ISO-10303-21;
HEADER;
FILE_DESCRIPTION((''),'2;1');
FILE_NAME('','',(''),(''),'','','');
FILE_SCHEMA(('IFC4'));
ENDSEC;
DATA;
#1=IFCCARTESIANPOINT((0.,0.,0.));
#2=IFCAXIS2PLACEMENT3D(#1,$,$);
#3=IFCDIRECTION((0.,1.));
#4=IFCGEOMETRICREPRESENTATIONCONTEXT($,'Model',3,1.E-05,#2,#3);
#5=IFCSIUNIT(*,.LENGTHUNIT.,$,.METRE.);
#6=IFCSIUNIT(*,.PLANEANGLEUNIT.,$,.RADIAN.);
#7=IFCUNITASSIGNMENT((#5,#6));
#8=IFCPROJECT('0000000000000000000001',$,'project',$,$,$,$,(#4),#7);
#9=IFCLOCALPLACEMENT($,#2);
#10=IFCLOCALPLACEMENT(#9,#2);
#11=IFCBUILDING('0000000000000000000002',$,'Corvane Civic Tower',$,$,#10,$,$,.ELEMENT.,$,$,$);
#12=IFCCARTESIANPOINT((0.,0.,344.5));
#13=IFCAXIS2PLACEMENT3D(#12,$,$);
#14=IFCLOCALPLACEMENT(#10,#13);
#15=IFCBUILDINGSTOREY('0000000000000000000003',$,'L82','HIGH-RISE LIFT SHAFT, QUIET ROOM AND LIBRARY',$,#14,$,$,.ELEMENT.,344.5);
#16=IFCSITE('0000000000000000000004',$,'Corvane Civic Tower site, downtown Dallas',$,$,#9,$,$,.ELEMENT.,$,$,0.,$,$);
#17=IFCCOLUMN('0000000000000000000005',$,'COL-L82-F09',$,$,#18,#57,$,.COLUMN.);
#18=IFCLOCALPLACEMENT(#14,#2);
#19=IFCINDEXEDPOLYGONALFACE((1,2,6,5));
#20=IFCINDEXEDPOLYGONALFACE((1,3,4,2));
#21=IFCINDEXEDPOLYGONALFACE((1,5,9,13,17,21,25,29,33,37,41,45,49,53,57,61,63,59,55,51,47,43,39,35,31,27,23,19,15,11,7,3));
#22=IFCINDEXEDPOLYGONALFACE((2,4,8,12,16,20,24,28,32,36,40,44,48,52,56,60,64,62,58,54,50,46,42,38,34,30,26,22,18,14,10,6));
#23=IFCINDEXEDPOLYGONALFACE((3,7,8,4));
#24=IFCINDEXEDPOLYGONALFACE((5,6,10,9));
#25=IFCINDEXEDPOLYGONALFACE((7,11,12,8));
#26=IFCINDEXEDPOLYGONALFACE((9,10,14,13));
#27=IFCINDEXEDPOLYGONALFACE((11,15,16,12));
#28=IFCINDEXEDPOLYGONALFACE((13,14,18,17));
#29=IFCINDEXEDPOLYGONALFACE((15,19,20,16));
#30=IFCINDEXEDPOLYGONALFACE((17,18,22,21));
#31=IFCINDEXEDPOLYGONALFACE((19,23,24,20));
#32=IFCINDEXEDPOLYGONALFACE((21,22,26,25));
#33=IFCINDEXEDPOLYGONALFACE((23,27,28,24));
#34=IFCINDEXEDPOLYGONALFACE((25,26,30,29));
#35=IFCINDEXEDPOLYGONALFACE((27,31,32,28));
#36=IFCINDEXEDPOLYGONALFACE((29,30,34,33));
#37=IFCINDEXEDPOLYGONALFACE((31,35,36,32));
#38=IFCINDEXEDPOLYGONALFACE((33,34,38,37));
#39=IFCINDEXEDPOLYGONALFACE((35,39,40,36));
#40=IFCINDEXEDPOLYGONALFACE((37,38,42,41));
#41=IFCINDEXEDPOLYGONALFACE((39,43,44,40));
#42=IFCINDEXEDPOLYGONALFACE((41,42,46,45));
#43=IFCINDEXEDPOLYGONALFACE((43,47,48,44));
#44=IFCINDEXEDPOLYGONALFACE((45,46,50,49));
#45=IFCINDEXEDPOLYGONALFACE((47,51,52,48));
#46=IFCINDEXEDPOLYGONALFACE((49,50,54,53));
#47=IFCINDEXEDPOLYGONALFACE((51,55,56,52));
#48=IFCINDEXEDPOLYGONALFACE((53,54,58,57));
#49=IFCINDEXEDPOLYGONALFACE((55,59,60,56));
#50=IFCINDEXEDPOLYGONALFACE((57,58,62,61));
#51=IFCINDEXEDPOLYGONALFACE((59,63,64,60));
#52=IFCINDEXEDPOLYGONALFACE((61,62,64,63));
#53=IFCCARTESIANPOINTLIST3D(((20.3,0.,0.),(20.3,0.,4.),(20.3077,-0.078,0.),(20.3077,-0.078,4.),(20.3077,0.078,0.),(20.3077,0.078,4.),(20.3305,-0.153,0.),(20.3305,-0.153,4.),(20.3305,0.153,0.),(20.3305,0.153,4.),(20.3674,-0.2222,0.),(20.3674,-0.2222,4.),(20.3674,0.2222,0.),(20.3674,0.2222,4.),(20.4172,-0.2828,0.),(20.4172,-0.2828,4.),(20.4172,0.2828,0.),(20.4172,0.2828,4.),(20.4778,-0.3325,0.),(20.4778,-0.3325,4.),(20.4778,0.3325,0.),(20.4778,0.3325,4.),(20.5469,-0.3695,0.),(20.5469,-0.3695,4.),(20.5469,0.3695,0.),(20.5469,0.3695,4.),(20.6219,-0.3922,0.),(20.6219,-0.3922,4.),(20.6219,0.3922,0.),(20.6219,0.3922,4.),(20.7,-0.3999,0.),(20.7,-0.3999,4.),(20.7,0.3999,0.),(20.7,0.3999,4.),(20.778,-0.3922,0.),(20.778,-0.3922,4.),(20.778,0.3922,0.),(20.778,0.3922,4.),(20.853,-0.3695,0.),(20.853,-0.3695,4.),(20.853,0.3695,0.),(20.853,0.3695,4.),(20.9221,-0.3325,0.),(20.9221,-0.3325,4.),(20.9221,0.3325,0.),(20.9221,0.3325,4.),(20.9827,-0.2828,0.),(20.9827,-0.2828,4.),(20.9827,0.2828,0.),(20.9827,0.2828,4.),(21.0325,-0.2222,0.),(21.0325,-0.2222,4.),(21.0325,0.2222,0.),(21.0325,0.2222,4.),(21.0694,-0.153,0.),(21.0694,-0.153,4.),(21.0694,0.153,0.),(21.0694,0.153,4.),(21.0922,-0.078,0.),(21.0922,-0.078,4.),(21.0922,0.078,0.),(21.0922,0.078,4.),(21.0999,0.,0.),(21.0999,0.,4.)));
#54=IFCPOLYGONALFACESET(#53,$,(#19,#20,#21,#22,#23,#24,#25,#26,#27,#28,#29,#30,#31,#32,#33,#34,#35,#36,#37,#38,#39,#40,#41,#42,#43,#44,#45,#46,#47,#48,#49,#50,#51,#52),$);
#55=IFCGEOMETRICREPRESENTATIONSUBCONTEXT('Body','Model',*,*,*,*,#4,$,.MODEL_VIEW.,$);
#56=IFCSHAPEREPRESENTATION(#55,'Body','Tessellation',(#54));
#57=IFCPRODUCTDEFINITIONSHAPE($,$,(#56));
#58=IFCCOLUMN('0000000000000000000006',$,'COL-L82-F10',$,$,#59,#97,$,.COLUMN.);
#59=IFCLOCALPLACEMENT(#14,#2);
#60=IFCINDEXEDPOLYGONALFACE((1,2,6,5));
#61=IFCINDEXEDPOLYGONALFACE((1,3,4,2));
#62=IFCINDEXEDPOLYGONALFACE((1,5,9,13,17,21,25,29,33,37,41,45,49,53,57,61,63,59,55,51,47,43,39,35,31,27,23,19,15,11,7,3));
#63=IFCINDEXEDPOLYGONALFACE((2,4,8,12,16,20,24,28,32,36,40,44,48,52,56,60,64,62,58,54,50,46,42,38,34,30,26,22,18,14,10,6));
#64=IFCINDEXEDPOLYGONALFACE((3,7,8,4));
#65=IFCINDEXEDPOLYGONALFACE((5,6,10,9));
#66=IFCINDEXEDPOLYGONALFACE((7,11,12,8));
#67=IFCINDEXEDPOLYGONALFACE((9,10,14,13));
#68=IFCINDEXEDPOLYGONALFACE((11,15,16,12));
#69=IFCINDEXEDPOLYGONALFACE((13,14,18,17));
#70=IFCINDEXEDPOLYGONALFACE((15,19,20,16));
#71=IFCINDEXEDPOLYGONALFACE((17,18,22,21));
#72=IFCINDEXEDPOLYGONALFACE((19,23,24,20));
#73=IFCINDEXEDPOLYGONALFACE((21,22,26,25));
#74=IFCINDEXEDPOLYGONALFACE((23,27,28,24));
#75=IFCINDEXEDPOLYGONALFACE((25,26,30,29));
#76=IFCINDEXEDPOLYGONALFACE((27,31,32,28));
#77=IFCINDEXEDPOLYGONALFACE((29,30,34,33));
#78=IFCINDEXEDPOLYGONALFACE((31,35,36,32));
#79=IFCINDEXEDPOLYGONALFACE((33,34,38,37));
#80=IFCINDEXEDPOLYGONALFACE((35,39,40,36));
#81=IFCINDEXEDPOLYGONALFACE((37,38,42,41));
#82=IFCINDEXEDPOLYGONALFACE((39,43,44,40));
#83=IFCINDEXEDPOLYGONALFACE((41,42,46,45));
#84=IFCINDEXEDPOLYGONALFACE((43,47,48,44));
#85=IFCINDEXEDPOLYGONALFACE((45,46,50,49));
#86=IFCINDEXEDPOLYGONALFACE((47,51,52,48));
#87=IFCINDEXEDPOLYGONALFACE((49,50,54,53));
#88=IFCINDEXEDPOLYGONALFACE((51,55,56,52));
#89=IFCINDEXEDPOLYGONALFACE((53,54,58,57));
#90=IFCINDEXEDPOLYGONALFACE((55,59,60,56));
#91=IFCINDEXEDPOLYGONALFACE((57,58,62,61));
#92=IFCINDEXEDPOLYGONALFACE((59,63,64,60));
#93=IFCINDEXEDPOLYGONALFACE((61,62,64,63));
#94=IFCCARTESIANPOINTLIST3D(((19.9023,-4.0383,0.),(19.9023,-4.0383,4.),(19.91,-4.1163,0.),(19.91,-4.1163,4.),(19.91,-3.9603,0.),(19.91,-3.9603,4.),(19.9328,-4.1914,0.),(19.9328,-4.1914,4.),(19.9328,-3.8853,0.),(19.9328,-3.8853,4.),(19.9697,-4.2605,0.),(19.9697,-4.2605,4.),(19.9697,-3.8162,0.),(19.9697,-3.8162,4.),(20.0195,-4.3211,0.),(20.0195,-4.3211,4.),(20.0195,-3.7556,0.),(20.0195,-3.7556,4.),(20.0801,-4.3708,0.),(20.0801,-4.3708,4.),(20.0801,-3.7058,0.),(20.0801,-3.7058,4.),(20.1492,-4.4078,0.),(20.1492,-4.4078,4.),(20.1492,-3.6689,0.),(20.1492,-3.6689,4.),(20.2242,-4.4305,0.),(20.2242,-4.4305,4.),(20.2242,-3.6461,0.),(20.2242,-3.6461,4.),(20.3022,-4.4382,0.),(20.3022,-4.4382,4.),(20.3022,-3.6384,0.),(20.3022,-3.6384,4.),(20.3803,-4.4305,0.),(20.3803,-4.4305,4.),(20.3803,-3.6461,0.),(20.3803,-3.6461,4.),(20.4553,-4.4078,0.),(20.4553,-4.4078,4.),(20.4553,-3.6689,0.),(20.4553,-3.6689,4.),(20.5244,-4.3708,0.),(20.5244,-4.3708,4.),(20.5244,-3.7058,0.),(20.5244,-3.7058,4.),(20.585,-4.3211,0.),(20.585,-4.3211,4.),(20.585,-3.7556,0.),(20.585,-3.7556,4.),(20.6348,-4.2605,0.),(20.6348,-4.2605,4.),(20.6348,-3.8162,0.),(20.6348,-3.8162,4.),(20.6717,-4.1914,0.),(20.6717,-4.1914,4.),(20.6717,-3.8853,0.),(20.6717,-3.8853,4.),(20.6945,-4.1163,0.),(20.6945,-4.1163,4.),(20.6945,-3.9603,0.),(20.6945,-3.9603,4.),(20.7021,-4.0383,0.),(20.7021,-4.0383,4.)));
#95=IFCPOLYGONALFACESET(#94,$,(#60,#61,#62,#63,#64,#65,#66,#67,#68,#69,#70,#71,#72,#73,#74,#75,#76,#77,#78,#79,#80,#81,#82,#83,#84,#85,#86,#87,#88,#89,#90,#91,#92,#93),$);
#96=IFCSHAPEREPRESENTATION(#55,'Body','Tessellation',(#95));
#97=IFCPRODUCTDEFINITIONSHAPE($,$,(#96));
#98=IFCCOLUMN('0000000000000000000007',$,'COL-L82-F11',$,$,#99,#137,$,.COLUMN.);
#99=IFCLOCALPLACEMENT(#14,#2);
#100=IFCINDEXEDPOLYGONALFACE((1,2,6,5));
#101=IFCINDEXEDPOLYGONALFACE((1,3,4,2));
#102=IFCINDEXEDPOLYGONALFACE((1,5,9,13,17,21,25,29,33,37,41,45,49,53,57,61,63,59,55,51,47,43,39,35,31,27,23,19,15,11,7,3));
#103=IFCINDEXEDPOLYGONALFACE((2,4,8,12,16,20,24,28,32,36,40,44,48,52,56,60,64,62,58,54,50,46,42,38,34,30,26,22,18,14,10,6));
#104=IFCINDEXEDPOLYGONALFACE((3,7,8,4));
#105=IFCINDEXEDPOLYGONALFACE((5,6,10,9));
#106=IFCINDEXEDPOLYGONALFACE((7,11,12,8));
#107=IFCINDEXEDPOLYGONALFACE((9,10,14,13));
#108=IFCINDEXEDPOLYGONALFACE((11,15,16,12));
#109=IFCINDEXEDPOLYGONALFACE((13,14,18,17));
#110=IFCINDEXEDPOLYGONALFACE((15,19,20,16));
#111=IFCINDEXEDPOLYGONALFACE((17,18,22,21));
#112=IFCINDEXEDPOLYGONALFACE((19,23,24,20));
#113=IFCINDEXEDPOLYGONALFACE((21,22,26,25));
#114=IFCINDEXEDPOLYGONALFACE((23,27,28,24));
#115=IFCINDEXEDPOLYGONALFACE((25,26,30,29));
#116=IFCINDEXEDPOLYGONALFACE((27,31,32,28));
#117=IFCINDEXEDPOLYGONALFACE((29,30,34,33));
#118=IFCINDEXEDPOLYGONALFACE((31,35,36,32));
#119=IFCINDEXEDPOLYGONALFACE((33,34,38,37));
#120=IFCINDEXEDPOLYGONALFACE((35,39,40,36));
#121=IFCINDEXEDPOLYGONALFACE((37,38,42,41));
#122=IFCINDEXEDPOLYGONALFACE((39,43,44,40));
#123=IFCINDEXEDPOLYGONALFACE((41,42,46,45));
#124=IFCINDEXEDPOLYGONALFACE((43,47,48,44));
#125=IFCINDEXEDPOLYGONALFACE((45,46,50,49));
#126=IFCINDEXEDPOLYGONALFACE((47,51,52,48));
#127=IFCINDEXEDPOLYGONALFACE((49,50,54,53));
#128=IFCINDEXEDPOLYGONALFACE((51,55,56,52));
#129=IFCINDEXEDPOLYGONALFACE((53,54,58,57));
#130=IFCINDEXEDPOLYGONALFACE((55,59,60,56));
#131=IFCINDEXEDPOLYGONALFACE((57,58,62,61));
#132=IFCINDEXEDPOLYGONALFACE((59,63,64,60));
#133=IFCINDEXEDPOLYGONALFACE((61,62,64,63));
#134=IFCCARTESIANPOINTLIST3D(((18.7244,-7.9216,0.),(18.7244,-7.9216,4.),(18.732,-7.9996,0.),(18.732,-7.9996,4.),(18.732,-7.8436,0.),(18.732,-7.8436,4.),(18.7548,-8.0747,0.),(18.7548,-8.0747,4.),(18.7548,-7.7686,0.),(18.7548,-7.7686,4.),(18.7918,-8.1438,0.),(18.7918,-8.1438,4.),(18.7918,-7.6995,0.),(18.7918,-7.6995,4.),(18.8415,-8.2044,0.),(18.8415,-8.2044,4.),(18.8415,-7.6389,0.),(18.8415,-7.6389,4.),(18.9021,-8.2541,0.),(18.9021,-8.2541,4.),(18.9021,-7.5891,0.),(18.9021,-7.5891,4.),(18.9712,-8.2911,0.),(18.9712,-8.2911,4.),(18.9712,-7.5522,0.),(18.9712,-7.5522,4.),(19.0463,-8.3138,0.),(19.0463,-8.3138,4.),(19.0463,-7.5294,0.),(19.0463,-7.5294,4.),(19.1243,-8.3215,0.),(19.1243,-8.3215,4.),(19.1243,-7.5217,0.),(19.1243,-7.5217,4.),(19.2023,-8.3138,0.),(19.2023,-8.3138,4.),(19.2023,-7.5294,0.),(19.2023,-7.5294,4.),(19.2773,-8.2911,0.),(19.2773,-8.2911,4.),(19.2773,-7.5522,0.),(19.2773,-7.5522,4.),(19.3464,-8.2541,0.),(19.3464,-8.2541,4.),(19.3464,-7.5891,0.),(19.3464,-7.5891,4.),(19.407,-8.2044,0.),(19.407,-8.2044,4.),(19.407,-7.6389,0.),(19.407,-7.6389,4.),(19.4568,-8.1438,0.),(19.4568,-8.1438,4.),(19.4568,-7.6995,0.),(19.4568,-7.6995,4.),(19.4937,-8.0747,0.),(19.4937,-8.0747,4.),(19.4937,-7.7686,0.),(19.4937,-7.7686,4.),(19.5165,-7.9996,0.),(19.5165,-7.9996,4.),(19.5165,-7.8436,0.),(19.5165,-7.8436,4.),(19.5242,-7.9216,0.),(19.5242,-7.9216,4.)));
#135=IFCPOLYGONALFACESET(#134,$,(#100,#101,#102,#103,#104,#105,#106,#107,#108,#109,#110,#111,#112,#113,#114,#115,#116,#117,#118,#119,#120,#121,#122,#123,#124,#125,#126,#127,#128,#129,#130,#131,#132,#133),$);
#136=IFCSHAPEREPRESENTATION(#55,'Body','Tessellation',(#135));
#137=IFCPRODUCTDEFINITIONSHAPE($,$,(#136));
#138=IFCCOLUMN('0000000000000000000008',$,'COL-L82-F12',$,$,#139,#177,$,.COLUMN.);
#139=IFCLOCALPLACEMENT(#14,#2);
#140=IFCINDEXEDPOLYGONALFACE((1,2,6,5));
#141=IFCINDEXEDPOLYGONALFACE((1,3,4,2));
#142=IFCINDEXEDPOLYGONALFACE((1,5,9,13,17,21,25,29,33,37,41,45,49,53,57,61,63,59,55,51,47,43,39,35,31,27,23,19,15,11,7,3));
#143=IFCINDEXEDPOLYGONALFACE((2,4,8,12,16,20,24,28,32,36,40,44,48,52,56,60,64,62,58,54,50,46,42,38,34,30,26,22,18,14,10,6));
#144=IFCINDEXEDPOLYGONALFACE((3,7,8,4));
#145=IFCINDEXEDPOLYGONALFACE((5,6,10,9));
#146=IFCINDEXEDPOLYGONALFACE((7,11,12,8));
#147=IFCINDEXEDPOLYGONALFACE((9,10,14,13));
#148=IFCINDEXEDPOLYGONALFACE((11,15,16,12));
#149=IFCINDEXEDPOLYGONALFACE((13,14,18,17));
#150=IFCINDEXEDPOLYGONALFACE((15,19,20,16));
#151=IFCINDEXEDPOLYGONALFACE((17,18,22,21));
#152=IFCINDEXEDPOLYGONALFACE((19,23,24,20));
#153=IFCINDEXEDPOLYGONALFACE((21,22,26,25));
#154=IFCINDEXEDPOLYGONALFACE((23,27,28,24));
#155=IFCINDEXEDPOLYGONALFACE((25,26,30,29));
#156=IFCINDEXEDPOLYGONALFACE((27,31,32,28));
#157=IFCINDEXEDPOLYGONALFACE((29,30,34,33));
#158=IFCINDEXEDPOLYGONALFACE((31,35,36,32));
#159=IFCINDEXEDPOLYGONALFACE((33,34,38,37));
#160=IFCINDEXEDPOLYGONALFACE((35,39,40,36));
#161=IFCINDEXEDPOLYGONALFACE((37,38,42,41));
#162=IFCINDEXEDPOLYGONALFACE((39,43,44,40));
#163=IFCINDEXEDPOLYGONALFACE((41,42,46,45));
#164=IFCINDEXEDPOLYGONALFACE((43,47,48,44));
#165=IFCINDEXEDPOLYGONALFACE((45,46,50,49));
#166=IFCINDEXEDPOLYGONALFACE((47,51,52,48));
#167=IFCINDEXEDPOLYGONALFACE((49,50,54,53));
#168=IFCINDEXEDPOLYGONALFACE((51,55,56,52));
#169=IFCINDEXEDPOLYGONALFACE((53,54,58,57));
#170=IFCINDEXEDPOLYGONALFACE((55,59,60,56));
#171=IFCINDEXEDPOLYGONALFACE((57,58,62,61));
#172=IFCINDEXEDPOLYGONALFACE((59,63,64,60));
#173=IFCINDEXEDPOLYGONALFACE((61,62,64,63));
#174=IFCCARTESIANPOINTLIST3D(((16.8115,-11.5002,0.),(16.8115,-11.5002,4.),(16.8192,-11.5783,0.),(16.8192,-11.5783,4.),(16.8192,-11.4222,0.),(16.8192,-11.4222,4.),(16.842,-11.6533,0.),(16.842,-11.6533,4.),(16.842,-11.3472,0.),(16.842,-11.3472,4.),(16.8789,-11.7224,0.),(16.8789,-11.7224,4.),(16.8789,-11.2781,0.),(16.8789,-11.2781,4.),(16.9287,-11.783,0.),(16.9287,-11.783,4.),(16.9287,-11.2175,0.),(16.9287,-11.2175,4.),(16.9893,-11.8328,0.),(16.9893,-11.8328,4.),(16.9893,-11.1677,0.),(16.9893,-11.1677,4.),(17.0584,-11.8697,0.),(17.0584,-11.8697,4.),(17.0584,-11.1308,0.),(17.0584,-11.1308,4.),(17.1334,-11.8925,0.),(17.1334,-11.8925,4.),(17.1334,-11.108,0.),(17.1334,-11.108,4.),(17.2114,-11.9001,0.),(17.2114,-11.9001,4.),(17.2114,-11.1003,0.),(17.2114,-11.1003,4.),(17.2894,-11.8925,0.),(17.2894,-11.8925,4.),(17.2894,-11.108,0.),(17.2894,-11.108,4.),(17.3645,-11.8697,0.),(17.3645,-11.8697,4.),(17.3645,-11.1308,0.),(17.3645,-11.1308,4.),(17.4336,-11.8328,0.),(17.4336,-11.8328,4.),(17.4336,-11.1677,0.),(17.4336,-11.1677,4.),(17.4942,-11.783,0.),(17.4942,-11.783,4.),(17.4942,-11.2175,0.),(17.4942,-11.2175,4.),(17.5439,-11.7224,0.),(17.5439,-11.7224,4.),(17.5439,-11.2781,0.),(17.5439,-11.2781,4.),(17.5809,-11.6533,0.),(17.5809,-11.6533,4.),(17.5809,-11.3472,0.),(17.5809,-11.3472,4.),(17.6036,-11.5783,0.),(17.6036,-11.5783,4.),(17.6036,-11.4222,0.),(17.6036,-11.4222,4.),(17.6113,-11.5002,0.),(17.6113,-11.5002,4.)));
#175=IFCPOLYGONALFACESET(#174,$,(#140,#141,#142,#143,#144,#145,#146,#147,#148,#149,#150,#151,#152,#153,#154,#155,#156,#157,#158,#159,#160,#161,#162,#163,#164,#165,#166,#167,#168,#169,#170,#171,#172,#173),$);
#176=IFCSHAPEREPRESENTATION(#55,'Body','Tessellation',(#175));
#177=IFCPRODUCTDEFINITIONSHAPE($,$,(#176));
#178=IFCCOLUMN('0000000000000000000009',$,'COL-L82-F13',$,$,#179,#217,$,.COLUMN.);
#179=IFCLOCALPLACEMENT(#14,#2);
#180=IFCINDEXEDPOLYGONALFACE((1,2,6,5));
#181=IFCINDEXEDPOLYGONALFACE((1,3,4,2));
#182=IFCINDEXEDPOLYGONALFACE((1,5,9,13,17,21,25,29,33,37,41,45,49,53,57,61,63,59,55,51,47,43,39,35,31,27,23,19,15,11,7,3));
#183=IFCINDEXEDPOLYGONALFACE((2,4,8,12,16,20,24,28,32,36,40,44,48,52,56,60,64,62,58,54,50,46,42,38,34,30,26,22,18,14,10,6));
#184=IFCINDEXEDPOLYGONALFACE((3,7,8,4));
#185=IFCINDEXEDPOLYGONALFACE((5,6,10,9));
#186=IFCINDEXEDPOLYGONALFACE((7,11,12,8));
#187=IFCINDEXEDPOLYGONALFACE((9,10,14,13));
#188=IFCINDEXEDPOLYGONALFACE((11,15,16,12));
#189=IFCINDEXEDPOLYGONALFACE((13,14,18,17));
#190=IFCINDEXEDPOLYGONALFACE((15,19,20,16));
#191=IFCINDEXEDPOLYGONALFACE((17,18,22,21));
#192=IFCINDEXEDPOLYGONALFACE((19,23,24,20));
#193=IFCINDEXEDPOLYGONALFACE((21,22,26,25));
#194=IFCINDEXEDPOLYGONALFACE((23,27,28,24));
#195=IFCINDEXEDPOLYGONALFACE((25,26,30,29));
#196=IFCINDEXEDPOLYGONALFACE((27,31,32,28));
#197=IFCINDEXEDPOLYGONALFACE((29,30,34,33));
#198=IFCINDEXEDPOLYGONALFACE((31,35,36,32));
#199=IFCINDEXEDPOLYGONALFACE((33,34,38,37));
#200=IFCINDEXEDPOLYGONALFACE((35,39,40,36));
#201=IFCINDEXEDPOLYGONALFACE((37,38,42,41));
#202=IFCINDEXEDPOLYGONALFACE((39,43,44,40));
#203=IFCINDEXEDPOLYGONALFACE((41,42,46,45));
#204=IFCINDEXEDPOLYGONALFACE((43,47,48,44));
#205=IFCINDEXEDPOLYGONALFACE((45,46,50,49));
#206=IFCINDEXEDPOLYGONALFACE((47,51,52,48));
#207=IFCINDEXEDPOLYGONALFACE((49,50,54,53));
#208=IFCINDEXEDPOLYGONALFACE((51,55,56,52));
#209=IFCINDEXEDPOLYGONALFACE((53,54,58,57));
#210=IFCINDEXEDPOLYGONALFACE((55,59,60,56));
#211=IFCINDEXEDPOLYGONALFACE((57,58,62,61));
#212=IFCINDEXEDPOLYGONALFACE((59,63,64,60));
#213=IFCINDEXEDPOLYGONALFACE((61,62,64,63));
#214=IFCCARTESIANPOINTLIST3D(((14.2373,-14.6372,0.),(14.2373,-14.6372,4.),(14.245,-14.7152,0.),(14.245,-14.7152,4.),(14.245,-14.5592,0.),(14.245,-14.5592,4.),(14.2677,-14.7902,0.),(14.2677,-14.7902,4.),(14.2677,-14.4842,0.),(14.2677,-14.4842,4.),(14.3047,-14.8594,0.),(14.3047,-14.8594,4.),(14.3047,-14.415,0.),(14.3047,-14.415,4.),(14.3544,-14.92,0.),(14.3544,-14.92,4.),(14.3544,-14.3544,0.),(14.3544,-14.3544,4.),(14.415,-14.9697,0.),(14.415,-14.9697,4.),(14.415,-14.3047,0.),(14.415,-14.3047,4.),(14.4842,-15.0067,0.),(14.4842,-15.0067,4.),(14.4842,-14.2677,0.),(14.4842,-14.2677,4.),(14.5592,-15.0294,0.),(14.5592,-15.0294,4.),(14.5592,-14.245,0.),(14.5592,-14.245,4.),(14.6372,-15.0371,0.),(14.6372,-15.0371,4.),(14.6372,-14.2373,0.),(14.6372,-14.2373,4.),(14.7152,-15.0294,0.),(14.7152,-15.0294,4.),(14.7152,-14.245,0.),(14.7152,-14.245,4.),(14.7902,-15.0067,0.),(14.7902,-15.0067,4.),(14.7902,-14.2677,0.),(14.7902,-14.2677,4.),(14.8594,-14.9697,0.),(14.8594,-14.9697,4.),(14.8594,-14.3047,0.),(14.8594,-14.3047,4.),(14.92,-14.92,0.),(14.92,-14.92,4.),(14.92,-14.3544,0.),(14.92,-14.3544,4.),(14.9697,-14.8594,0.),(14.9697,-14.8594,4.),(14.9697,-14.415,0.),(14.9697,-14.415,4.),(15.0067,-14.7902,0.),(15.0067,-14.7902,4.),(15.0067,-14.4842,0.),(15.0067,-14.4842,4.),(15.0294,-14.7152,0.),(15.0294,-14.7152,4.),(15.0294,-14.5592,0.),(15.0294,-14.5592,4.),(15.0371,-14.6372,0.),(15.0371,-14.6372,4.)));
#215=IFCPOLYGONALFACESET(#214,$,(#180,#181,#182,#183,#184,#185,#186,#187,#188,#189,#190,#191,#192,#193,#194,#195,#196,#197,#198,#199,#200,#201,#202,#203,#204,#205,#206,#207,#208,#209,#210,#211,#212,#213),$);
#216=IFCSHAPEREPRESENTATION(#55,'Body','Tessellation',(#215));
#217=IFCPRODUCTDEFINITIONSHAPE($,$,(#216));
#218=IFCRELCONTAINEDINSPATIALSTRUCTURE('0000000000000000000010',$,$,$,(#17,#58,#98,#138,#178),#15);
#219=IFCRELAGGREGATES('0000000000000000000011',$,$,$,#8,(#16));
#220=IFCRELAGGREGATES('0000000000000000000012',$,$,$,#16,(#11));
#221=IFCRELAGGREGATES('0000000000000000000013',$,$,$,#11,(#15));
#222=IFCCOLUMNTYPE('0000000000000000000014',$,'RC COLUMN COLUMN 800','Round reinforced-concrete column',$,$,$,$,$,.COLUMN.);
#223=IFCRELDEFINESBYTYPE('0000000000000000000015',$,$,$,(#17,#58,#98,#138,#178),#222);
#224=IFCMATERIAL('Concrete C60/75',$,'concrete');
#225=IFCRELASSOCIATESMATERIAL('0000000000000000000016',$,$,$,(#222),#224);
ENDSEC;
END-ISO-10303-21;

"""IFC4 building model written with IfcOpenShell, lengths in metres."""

from ifc_helpers import new_model, si_unit, direction, frame, origin, origin_2d, place, context, subcontext, project, spatial, circle, extrude, material, material_profile, profile_set, type_object, element, save


model = new_model("IFC4")

# Units and contexts
model_context = context("Model", 3, precision=1e-05, world=origin(), true_north=direction((0.0, 1.0)))
body_context = subcontext(model_context, "Body", "Model", "MODEL_VIEW")
ifc_project = project(units=[si_unit("LENGTHUNIT", "METRE"), si_unit("PLANEANGLEUNIT", "RADIAN")], contexts=[model_context])

# Site, building, storey
site_placement = place(None, origin())
site = spatial("IfcSite", under=ifc_project, at=site_placement, Name="Corvane Civic Tower site, downtown Dallas", CompositionType="ELEMENT", RefElevation=0.0)
building_placement = place(site_placement, origin())
building = spatial("IfcBuilding", under=site, at=building_placement, Name="Corvane Civic Tower", CompositionType="ELEMENT")
storey_placement = place(building_placement, frame((0.0, 0.0, 344.5)))
storey = spatial("IfcBuildingStorey", under=building, at=storey_placement, Name="L82", Description="HIGH-RISE LIFT SHAFT, QUIET ROOM AND LIBRARY", CompositionType="ELEMENT", Elevation=344.5)

# Columns
ifc_material_1 = material(Name="Concrete C60/75", Category="concrete")
ifc_material_profile_1 = material_profile(ifc_material_1, circle(Radius=0.3999, at=origin_2d()), Name="COLUMN 800")
ifc_profile_set_1 = profile_set([ifc_material_profile_1], Name="Concrete C60/75")
column_type = type_object("IfcColumnType", Name="RC COLUMN COLUMN 800", Description="Round reinforced-concrete column", PredefinedType="COLUMN", material=ifc_profile_set_1)
for number, where, z_axis, x_axis, name in (
    (1, (20.7, 0.0, 0.0), (0.0, 0.0, 1.0), (1.0, 0.0, 0.0), "COL-L82-F09"),
    (2, (20.3022, -4.0383, 0.0), (0.0, 0.0, 1.0), (1.0, 0.0, 0.0), "COL-L82-F10"),
    (3, (19.1243, -7.9216, 0.0), (0.0, 0.0, 1.0), (1.0, 0.0, 0.0), "COL-L82-F11"),
    (4, (17.2114, -11.5002, 0.0), (0.0, 0.0, 1.0), (1.0, 0.0, 0.0), "COL-L82-F12"),
    (5, (14.6372, -14.6372, 0.0), (0.0, 0.0, 1.0), (1.0, 0.0, 0.0), "COL-L82-F13"),
):
    element("IfcColumn", number, at=place(storey_placement, frame(where, z_axis=z_axis, x_axis=x_axis)), inside=storey, type_object=column_type, Name=name, PredefinedType="COLUMN", context=body_context, shape_type="SweptSolid", body=[
        extrude(circle(Radius=0.3999, at=origin_2d()), origin(), (0.0, 0.0, 1.0), 4.0),
    ])

save(model, "model.ifc")
